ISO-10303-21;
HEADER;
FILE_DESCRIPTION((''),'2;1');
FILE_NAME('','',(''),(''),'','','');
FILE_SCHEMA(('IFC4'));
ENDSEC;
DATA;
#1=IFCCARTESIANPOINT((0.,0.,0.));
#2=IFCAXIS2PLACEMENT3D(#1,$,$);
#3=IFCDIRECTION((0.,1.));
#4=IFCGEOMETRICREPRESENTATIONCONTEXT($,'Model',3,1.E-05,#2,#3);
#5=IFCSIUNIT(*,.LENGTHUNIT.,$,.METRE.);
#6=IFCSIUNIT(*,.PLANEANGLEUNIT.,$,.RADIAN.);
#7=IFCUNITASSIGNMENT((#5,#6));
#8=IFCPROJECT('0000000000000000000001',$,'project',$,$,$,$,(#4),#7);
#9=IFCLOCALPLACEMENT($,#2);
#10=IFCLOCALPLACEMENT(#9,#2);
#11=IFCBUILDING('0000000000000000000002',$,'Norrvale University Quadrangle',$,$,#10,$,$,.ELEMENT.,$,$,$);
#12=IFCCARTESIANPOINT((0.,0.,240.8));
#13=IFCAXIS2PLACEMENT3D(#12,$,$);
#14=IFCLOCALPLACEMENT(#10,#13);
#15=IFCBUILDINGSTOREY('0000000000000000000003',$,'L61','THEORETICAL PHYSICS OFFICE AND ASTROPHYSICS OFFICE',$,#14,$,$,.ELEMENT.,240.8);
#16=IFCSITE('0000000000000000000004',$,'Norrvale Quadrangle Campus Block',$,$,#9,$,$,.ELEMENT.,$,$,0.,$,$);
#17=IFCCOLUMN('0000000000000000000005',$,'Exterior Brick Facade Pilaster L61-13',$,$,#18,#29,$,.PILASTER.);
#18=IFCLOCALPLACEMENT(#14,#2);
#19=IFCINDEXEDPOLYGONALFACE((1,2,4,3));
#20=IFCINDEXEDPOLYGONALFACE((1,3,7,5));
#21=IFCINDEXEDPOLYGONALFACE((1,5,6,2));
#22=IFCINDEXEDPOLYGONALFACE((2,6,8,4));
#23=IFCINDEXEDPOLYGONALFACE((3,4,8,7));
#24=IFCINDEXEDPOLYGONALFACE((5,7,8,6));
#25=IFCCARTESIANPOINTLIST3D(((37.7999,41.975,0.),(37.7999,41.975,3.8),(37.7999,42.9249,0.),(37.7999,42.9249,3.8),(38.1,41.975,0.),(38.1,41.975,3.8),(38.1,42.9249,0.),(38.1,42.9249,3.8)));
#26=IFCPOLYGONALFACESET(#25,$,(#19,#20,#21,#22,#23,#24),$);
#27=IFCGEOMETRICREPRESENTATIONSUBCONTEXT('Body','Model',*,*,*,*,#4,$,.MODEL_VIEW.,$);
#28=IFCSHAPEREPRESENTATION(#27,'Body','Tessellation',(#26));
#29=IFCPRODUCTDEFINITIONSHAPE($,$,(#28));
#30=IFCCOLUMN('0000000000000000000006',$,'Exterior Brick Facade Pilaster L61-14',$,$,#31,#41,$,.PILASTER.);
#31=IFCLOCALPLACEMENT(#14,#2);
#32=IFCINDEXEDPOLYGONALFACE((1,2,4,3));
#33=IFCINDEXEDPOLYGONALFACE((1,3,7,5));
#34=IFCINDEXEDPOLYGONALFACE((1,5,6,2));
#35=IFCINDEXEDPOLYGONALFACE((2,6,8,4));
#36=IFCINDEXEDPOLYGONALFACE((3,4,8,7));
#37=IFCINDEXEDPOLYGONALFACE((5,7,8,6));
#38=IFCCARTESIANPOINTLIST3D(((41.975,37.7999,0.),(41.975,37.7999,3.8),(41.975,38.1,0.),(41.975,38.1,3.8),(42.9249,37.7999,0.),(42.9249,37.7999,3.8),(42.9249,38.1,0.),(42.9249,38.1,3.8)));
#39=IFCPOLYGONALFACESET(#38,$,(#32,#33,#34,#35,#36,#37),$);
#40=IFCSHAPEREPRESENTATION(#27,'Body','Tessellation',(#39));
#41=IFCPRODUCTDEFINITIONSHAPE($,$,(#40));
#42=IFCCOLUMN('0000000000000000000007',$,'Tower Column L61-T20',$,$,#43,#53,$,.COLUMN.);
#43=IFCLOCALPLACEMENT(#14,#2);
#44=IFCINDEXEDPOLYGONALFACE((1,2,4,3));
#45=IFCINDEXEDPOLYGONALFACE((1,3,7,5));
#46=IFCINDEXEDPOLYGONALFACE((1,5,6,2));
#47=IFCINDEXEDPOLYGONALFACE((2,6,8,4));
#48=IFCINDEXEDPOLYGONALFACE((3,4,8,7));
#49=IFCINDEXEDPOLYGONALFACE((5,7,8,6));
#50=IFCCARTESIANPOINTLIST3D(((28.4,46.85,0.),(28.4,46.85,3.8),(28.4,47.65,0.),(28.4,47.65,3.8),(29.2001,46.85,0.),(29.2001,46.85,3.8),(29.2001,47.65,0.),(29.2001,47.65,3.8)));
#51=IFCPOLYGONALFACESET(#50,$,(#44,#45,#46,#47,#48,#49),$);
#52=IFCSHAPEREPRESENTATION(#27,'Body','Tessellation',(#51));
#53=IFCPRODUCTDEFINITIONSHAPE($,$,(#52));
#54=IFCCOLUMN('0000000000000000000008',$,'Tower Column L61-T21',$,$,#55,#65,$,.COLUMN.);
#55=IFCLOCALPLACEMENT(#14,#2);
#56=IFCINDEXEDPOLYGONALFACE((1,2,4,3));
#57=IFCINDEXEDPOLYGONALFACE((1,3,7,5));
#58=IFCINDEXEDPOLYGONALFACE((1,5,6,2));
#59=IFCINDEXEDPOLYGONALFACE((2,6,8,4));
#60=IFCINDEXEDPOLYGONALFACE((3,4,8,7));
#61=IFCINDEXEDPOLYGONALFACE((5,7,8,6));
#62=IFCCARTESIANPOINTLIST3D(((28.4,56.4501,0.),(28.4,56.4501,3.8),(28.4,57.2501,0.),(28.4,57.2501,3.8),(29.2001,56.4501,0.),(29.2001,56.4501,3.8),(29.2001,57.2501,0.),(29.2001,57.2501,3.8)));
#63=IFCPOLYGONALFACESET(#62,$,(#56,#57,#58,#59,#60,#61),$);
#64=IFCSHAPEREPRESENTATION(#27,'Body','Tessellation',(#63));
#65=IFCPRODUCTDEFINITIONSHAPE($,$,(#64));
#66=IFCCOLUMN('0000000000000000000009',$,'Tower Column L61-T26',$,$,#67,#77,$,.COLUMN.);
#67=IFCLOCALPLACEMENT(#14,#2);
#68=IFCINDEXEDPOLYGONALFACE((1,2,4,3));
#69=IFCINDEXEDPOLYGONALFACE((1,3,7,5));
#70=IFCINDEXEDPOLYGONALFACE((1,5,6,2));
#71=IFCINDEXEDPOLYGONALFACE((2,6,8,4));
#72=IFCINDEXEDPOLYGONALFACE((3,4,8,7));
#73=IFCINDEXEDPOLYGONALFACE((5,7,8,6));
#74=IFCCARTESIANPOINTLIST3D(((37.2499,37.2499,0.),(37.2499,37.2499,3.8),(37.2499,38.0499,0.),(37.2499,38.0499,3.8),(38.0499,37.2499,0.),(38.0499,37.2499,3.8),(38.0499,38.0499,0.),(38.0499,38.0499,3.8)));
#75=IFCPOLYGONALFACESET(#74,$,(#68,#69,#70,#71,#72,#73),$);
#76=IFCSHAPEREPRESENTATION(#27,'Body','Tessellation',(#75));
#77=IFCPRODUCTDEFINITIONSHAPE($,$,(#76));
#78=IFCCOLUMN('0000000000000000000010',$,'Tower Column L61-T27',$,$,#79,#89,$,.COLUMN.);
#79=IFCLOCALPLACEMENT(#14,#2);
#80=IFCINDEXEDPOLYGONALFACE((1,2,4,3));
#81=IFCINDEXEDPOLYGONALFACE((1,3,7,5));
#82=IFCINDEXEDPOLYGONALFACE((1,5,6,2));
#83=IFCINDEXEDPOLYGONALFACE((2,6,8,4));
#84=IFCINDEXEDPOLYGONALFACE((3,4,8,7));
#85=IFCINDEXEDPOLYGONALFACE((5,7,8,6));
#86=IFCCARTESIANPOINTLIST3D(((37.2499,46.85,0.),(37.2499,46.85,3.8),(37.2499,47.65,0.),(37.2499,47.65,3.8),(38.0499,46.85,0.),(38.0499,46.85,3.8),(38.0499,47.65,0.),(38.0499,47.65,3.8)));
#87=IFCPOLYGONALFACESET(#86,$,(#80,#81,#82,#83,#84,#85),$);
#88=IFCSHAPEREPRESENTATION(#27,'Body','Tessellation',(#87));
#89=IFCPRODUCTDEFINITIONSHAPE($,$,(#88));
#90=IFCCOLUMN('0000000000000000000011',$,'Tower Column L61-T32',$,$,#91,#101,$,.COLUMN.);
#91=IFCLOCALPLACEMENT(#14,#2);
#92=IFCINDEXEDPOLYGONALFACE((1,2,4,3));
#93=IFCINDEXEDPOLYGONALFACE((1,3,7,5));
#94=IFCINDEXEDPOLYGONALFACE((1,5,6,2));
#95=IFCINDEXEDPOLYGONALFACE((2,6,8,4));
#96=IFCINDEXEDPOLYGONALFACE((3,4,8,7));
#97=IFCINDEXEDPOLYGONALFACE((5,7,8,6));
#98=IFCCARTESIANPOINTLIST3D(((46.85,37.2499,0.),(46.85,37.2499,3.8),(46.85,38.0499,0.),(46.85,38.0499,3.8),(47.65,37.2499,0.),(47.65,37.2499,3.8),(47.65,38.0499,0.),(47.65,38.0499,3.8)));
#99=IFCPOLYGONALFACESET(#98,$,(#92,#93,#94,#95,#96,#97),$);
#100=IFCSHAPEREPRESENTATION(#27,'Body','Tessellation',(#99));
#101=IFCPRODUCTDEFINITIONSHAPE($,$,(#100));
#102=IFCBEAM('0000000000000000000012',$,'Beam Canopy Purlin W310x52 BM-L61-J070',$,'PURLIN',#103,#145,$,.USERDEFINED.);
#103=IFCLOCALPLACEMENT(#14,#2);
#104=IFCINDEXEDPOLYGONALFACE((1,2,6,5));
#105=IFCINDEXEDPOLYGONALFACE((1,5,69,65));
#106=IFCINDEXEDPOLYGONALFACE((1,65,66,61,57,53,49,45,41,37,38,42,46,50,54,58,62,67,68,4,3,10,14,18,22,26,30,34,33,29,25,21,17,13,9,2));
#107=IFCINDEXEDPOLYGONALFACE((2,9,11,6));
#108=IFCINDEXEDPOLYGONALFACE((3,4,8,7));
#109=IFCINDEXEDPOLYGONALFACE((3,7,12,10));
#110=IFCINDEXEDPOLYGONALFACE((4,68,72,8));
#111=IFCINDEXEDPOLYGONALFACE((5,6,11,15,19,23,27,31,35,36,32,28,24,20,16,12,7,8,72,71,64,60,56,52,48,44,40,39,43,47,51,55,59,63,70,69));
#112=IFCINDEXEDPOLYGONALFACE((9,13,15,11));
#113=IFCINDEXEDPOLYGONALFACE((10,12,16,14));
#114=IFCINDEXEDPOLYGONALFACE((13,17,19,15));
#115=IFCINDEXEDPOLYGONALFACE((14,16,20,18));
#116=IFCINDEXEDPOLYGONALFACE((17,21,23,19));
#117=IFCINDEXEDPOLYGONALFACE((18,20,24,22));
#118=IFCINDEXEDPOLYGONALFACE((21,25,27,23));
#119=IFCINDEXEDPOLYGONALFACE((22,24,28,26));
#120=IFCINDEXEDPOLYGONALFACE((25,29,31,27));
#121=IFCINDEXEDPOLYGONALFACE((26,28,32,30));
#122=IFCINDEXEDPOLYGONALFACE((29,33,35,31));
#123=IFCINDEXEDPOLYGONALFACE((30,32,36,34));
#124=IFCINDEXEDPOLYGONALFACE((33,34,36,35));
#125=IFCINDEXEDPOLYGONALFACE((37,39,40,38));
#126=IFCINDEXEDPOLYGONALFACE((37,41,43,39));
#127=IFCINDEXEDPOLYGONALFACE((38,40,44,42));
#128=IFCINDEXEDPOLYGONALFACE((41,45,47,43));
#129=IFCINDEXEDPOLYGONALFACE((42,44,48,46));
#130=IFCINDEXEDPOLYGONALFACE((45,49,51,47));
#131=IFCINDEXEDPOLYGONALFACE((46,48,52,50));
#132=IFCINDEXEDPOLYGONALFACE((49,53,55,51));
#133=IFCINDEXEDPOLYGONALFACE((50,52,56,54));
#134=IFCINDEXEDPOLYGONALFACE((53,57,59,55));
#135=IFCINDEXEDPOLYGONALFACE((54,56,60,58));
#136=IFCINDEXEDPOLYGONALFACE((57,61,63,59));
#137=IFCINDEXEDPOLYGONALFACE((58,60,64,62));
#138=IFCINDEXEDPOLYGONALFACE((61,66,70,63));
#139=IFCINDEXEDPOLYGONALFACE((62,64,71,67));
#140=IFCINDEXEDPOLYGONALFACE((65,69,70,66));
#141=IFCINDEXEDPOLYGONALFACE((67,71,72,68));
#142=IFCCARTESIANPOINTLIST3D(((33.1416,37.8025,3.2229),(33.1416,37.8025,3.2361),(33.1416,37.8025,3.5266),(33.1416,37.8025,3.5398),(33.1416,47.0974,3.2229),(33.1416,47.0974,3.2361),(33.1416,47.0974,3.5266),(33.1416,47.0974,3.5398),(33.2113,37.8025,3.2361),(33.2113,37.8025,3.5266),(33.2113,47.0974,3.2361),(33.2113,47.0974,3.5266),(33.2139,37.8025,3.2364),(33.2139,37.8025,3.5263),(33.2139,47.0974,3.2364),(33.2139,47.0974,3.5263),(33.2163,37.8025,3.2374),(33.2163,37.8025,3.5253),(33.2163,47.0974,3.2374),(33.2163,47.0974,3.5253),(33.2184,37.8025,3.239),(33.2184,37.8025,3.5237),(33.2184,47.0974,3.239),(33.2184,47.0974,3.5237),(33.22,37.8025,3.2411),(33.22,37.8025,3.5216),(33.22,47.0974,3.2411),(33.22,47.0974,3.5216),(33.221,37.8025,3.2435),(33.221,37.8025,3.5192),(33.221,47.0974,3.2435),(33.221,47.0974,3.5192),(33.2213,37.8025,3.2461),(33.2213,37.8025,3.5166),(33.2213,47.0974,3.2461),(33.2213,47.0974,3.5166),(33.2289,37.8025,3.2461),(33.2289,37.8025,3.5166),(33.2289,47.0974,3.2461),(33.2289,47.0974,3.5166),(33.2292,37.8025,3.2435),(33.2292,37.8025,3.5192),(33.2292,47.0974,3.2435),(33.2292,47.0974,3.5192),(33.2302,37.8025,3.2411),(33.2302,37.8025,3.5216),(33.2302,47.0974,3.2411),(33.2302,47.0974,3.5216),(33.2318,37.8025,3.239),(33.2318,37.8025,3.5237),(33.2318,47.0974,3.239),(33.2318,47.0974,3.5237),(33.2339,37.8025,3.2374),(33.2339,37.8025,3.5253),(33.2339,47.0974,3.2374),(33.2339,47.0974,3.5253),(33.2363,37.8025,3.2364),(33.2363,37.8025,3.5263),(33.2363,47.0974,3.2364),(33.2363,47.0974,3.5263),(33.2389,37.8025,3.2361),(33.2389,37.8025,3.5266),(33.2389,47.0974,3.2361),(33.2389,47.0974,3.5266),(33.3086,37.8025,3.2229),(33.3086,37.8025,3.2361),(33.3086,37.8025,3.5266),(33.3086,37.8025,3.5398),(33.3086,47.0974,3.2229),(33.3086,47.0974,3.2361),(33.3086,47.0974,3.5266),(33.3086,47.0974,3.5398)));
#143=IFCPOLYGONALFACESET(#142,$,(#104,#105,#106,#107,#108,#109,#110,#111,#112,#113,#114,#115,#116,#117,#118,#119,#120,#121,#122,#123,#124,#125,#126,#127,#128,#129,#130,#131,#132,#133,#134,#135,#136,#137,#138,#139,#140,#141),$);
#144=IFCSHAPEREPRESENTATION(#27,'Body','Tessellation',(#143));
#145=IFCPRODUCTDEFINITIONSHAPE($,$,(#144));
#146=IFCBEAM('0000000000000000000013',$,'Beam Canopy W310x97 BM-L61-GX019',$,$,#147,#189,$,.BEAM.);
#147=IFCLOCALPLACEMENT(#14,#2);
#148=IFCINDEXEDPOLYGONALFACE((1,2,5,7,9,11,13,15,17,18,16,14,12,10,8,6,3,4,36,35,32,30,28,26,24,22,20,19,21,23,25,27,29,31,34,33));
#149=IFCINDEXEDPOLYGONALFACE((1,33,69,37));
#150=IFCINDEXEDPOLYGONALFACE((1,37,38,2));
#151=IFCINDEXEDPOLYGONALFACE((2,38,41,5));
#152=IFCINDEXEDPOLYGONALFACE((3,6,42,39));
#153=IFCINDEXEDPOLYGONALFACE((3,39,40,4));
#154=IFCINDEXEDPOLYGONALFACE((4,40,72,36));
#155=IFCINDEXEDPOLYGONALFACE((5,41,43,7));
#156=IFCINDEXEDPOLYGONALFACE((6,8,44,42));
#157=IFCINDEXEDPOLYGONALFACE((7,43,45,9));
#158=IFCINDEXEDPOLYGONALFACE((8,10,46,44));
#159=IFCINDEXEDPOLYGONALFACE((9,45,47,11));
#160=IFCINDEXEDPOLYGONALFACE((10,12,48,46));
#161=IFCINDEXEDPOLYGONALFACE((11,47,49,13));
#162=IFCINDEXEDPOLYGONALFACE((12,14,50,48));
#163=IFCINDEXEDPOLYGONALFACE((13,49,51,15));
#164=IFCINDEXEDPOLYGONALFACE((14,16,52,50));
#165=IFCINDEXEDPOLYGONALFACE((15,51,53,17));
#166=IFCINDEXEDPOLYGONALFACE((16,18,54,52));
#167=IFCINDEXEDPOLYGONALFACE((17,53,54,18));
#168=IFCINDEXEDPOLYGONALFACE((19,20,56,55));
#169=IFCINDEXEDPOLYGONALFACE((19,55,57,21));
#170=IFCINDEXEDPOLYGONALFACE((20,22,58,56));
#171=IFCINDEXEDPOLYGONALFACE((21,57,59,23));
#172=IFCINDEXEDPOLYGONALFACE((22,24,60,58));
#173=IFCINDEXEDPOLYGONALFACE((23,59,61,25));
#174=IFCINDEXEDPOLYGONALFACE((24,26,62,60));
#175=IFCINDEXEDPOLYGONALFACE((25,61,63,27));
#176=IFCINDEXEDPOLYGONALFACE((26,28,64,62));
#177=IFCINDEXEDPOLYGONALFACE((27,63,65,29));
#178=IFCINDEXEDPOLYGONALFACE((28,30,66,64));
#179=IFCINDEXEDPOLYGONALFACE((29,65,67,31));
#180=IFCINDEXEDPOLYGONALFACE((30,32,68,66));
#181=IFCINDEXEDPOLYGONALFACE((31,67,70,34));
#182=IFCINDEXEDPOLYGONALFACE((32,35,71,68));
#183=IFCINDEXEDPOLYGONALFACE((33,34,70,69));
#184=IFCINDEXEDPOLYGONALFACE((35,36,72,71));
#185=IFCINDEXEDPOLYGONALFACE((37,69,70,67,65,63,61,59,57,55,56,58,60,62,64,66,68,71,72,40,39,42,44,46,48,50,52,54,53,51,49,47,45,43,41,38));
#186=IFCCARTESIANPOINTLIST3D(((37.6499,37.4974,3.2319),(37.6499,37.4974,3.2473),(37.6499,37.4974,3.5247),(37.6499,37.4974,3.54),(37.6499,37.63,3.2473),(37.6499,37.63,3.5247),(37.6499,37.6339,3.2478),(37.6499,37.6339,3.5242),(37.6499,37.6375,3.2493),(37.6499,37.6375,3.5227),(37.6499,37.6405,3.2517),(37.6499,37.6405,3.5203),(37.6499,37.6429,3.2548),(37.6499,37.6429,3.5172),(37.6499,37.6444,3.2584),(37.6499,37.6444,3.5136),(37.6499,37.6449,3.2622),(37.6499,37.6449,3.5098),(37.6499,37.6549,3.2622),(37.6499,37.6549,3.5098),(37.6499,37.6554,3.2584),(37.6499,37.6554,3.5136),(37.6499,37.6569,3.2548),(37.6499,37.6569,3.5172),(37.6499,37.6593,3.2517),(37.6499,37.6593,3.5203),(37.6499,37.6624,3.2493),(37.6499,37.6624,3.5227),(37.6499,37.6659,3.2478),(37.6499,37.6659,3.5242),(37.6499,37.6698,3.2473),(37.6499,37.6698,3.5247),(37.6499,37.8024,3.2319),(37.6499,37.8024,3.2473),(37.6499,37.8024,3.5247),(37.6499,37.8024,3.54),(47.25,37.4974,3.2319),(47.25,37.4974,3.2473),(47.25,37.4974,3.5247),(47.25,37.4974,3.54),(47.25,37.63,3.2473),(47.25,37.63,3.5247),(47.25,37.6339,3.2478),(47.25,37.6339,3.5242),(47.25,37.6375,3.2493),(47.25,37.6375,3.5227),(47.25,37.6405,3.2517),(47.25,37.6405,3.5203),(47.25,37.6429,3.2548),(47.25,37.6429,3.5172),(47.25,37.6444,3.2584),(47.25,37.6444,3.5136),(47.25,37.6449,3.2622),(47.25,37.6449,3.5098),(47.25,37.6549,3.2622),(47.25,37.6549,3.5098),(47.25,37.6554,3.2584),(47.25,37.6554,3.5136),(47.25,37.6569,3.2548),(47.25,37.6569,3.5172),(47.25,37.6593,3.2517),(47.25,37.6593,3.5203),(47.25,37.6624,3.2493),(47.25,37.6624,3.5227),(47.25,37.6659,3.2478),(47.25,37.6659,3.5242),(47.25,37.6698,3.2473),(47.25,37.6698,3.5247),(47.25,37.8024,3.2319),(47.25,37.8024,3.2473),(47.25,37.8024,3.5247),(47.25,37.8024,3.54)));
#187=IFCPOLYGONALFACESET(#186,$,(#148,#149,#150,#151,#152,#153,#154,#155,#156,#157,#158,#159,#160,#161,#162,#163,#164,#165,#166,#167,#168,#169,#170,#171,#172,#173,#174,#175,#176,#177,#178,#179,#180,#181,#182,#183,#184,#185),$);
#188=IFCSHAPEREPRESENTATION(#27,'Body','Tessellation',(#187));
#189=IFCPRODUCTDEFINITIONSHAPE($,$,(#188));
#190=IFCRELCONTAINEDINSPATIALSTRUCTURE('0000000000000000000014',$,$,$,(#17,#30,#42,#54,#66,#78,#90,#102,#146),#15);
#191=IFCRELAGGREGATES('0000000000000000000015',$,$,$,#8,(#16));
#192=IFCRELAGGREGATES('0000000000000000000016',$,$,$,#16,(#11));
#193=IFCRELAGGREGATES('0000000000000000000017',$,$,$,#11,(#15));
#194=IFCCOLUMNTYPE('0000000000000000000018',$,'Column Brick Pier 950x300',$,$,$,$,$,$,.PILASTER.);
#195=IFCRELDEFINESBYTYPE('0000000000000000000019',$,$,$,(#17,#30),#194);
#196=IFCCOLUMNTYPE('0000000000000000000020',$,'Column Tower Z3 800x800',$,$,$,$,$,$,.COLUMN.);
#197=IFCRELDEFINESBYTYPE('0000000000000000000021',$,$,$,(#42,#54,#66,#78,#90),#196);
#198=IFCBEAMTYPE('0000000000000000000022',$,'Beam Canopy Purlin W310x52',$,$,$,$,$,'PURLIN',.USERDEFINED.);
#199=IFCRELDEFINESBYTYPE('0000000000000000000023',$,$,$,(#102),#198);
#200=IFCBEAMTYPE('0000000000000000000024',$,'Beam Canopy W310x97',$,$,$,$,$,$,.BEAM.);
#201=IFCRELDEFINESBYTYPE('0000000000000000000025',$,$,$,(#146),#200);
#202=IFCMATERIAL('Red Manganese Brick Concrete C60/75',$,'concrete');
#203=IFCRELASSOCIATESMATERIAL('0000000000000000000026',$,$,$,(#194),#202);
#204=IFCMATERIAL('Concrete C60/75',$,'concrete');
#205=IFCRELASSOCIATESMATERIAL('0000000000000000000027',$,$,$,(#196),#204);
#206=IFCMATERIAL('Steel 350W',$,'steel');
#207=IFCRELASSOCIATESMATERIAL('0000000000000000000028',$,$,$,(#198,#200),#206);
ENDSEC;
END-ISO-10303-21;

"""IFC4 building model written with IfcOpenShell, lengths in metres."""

from ifc_helpers import new_model, si_unit, direction, frame, origin, origin_2d, place, context, subcontext, project, spatial, rectangle, i_section, extrude, material, material_profile, profile_set, type_object, element, save


model = new_model("IFC4")

# Units and contexts
model_context = context("Model", 3, precision=1e-05, world=origin(), true_north=direction((0.0, 1.0)))
body_context = subcontext(model_context, "Body", "Model", "MODEL_VIEW")
ifc_project = project(units=[si_unit("LENGTHUNIT", "METRE"), si_unit("PLANEANGLEUNIT", "RADIAN")], contexts=[model_context])

# Site, building, storey
site_placement = place(None, origin())
site = spatial("IfcSite", under=ifc_project, at=site_placement, Name="Norrvale Quadrangle Campus Block", CompositionType="ELEMENT", RefElevation=0.0)
building_placement = place(site_placement, origin())
building = spatial("IfcBuilding", under=site, at=building_placement, Name="Norrvale University Quadrangle", CompositionType="ELEMENT")
storey_placement = place(building_placement, frame((0.0, 0.0, 240.8)))
storey = spatial("IfcBuildingStorey", under=building, at=storey_placement, Name="L61", Description="THEORETICAL PHYSICS OFFICE AND ASTROPHYSICS OFFICE", CompositionType="ELEMENT", Elevation=240.8)

# Columns
ifc_material_1 = material(Name="Red Manganese Brick Concrete C60/75", Category="concrete")
ifc_material_profile_1 = material_profile(ifc_material_1, rectangle(XDim=0.95, YDim=0.3, at=origin_2d()), Name="Red Manganese Brick Concrete C60/75")
ifc_profile_set_1 = profile_set([ifc_material_profile_1], Name="Red Manganese Brick Concrete C60/75")
column_type_1 = type_object("IfcColumnType", Name="Column Brick Pier 950x300", PredefinedType="PILASTER", material=ifc_profile_set_1)
for number, where, z_axis, x_axis, name in (
    (1, (37.95, 42.45, 0.0), (0.0, 0.0, 1.0), (0.0, 1.0, 0.0), "Exterior Brick Facade Pilaster L61-13"),
    (2, (42.45, 37.95, 0.0), (0.0, 0.0, 1.0), (1.0, 0.0, 0.0), "Exterior Brick Facade Pilaster L61-14"),
):
    element("IfcColumn", number, at=place(storey_placement, frame(where, z_axis=z_axis, x_axis=x_axis)), inside=storey, type_object=column_type_1, Name=name, PredefinedType="PILASTER", context=body_context, shape_type="SweptSolid", body=[
        extrude(rectangle(XDim=0.95, YDim=0.3, at=origin_2d()), origin(), (0.0, 0.0, 1.0), 3.8),
    ])
ifc_material_2 = material(Name="Concrete C60/75", Category="concrete")
ifc_material_profile_2 = material_profile(ifc_material_2, rectangle(XDim=0.8, YDim=0.8, at=origin_2d()), Name="Concrete C60/75")
ifc_profile_set_2 = profile_set([ifc_material_profile_2], Name="Concrete C60/75")
column_type_2 = type_object("IfcColumnType", Name="Column Tower Z3 800x800", PredefinedType="COLUMN", material=ifc_profile_set_2)
for number, where, z_axis, x_axis, name in (
    (3, (28.8, 47.25, 0.0), (0.0, 0.0, 1.0), (1.0, 0.0, 0.0), "Tower Column L61-T20"),
    (4, (28.8, 56.8501, 0.0), (0.0, 0.0, 1.0), (1.0, 0.0, 0.0), "Tower Column L61-T21"),
    (5, (37.6499, 37.6499, 0.0), (0.0, 0.0, 1.0), (1.0, 0.0, 0.0), "Tower Column L61-T26"),
    (6, (37.6499, 47.25, 0.0), (0.0, 0.0, 1.0), (1.0, 0.0, 0.0), "Tower Column L61-T27"),
    (7, (47.25, 37.6499, 0.0), (0.0, 0.0, 1.0), (1.0, 0.0, 0.0), "Tower Column L61-T32"),
):
    element("IfcColumn", number, at=place(storey_placement, frame(where, z_axis=z_axis, x_axis=x_axis)), inside=storey, type_object=column_type_2, Name=name, PredefinedType="COLUMN", context=body_context, shape_type="SweptSolid", body=[
        extrude(rectangle(XDim=0.8, YDim=0.8, at=origin_2d()), origin(), (0.0, 0.0, 1.0), 3.8),
    ])

# Beams
ifc_material_3 = material(Name="Steel 350W", Category="steel")
ifc_material_profile_3 = material_profile(ifc_material_3, i_section(OverallWidth=0.167, OverallDepth=0.3169, WebThickness=0.0076, FlangeThickness=0.0132, FilletRadius=0.01, at=origin_2d()), Name="Steel 350W")
ifc_profile_set_3 = profile_set([ifc_material_profile_3], Name="Steel 350W")
beam_type_1 = type_object("IfcBeamType", Name="Beam Canopy Purlin W310x52", ElementType="PURLIN", PredefinedType="USERDEFINED", material=ifc_profile_set_3)
beam_1_placement = place(storey_placement, frame((33.2251, 37.8025, 3.3813), z_axis=(0.0, 1.0, 0.0), x_axis=(-1.0, 0.0, 0.0)))
element("IfcBeam", 8, at=beam_1_placement, inside=storey, type_object=beam_type_1, Name="Beam Canopy Purlin W310x52 BM-L61-J070", ObjectType="PURLIN", PredefinedType="USERDEFINED", context=body_context, shape_type="SweptSolid", body=[
    extrude(i_section(OverallWidth=0.167, OverallDepth=0.3169, WebThickness=0.0076, FlangeThickness=0.0132, FilletRadius=0.01, at=origin_2d()), origin(), (0.0, 0.0, 1.0), 9.2949),
])
ifc_material_profile_4 = material_profile(ifc_material_3, i_section(OverallWidth=0.3049, OverallDepth=0.3081, WebThickness=0.01, FlangeThickness=0.0154, FilletRadius=0.0149, at=origin_2d()), Name="Steel 350W")
ifc_profile_set_4 = profile_set([ifc_material_profile_4], Name="Steel 350W")
beam_type_2 = type_object("IfcBeamType", Name="Beam Canopy W310x97", PredefinedType="BEAM", material=ifc_profile_set_4)
beam_2_placement = place(storey_placement, frame((37.6499, 37.6499, 3.386), z_axis=(1.0, 0.0, 0.0), x_axis=(0.0, 1.0, 0.0)))
element("IfcBeam", 9, at=beam_2_placement, inside=storey, type_object=beam_type_2, Name="Beam Canopy W310x97 BM-L61-GX019", PredefinedType="BEAM", context=body_context, shape_type="SweptSolid", body=[
    extrude(i_section(OverallWidth=0.3049, OverallDepth=0.3081, WebThickness=0.01, FlangeThickness=0.0154, FilletRadius=0.0149, at=origin_2d()), origin(), (0.0, 0.0, 1.0), 9.6001),
])

save(model, "model.ifc")
